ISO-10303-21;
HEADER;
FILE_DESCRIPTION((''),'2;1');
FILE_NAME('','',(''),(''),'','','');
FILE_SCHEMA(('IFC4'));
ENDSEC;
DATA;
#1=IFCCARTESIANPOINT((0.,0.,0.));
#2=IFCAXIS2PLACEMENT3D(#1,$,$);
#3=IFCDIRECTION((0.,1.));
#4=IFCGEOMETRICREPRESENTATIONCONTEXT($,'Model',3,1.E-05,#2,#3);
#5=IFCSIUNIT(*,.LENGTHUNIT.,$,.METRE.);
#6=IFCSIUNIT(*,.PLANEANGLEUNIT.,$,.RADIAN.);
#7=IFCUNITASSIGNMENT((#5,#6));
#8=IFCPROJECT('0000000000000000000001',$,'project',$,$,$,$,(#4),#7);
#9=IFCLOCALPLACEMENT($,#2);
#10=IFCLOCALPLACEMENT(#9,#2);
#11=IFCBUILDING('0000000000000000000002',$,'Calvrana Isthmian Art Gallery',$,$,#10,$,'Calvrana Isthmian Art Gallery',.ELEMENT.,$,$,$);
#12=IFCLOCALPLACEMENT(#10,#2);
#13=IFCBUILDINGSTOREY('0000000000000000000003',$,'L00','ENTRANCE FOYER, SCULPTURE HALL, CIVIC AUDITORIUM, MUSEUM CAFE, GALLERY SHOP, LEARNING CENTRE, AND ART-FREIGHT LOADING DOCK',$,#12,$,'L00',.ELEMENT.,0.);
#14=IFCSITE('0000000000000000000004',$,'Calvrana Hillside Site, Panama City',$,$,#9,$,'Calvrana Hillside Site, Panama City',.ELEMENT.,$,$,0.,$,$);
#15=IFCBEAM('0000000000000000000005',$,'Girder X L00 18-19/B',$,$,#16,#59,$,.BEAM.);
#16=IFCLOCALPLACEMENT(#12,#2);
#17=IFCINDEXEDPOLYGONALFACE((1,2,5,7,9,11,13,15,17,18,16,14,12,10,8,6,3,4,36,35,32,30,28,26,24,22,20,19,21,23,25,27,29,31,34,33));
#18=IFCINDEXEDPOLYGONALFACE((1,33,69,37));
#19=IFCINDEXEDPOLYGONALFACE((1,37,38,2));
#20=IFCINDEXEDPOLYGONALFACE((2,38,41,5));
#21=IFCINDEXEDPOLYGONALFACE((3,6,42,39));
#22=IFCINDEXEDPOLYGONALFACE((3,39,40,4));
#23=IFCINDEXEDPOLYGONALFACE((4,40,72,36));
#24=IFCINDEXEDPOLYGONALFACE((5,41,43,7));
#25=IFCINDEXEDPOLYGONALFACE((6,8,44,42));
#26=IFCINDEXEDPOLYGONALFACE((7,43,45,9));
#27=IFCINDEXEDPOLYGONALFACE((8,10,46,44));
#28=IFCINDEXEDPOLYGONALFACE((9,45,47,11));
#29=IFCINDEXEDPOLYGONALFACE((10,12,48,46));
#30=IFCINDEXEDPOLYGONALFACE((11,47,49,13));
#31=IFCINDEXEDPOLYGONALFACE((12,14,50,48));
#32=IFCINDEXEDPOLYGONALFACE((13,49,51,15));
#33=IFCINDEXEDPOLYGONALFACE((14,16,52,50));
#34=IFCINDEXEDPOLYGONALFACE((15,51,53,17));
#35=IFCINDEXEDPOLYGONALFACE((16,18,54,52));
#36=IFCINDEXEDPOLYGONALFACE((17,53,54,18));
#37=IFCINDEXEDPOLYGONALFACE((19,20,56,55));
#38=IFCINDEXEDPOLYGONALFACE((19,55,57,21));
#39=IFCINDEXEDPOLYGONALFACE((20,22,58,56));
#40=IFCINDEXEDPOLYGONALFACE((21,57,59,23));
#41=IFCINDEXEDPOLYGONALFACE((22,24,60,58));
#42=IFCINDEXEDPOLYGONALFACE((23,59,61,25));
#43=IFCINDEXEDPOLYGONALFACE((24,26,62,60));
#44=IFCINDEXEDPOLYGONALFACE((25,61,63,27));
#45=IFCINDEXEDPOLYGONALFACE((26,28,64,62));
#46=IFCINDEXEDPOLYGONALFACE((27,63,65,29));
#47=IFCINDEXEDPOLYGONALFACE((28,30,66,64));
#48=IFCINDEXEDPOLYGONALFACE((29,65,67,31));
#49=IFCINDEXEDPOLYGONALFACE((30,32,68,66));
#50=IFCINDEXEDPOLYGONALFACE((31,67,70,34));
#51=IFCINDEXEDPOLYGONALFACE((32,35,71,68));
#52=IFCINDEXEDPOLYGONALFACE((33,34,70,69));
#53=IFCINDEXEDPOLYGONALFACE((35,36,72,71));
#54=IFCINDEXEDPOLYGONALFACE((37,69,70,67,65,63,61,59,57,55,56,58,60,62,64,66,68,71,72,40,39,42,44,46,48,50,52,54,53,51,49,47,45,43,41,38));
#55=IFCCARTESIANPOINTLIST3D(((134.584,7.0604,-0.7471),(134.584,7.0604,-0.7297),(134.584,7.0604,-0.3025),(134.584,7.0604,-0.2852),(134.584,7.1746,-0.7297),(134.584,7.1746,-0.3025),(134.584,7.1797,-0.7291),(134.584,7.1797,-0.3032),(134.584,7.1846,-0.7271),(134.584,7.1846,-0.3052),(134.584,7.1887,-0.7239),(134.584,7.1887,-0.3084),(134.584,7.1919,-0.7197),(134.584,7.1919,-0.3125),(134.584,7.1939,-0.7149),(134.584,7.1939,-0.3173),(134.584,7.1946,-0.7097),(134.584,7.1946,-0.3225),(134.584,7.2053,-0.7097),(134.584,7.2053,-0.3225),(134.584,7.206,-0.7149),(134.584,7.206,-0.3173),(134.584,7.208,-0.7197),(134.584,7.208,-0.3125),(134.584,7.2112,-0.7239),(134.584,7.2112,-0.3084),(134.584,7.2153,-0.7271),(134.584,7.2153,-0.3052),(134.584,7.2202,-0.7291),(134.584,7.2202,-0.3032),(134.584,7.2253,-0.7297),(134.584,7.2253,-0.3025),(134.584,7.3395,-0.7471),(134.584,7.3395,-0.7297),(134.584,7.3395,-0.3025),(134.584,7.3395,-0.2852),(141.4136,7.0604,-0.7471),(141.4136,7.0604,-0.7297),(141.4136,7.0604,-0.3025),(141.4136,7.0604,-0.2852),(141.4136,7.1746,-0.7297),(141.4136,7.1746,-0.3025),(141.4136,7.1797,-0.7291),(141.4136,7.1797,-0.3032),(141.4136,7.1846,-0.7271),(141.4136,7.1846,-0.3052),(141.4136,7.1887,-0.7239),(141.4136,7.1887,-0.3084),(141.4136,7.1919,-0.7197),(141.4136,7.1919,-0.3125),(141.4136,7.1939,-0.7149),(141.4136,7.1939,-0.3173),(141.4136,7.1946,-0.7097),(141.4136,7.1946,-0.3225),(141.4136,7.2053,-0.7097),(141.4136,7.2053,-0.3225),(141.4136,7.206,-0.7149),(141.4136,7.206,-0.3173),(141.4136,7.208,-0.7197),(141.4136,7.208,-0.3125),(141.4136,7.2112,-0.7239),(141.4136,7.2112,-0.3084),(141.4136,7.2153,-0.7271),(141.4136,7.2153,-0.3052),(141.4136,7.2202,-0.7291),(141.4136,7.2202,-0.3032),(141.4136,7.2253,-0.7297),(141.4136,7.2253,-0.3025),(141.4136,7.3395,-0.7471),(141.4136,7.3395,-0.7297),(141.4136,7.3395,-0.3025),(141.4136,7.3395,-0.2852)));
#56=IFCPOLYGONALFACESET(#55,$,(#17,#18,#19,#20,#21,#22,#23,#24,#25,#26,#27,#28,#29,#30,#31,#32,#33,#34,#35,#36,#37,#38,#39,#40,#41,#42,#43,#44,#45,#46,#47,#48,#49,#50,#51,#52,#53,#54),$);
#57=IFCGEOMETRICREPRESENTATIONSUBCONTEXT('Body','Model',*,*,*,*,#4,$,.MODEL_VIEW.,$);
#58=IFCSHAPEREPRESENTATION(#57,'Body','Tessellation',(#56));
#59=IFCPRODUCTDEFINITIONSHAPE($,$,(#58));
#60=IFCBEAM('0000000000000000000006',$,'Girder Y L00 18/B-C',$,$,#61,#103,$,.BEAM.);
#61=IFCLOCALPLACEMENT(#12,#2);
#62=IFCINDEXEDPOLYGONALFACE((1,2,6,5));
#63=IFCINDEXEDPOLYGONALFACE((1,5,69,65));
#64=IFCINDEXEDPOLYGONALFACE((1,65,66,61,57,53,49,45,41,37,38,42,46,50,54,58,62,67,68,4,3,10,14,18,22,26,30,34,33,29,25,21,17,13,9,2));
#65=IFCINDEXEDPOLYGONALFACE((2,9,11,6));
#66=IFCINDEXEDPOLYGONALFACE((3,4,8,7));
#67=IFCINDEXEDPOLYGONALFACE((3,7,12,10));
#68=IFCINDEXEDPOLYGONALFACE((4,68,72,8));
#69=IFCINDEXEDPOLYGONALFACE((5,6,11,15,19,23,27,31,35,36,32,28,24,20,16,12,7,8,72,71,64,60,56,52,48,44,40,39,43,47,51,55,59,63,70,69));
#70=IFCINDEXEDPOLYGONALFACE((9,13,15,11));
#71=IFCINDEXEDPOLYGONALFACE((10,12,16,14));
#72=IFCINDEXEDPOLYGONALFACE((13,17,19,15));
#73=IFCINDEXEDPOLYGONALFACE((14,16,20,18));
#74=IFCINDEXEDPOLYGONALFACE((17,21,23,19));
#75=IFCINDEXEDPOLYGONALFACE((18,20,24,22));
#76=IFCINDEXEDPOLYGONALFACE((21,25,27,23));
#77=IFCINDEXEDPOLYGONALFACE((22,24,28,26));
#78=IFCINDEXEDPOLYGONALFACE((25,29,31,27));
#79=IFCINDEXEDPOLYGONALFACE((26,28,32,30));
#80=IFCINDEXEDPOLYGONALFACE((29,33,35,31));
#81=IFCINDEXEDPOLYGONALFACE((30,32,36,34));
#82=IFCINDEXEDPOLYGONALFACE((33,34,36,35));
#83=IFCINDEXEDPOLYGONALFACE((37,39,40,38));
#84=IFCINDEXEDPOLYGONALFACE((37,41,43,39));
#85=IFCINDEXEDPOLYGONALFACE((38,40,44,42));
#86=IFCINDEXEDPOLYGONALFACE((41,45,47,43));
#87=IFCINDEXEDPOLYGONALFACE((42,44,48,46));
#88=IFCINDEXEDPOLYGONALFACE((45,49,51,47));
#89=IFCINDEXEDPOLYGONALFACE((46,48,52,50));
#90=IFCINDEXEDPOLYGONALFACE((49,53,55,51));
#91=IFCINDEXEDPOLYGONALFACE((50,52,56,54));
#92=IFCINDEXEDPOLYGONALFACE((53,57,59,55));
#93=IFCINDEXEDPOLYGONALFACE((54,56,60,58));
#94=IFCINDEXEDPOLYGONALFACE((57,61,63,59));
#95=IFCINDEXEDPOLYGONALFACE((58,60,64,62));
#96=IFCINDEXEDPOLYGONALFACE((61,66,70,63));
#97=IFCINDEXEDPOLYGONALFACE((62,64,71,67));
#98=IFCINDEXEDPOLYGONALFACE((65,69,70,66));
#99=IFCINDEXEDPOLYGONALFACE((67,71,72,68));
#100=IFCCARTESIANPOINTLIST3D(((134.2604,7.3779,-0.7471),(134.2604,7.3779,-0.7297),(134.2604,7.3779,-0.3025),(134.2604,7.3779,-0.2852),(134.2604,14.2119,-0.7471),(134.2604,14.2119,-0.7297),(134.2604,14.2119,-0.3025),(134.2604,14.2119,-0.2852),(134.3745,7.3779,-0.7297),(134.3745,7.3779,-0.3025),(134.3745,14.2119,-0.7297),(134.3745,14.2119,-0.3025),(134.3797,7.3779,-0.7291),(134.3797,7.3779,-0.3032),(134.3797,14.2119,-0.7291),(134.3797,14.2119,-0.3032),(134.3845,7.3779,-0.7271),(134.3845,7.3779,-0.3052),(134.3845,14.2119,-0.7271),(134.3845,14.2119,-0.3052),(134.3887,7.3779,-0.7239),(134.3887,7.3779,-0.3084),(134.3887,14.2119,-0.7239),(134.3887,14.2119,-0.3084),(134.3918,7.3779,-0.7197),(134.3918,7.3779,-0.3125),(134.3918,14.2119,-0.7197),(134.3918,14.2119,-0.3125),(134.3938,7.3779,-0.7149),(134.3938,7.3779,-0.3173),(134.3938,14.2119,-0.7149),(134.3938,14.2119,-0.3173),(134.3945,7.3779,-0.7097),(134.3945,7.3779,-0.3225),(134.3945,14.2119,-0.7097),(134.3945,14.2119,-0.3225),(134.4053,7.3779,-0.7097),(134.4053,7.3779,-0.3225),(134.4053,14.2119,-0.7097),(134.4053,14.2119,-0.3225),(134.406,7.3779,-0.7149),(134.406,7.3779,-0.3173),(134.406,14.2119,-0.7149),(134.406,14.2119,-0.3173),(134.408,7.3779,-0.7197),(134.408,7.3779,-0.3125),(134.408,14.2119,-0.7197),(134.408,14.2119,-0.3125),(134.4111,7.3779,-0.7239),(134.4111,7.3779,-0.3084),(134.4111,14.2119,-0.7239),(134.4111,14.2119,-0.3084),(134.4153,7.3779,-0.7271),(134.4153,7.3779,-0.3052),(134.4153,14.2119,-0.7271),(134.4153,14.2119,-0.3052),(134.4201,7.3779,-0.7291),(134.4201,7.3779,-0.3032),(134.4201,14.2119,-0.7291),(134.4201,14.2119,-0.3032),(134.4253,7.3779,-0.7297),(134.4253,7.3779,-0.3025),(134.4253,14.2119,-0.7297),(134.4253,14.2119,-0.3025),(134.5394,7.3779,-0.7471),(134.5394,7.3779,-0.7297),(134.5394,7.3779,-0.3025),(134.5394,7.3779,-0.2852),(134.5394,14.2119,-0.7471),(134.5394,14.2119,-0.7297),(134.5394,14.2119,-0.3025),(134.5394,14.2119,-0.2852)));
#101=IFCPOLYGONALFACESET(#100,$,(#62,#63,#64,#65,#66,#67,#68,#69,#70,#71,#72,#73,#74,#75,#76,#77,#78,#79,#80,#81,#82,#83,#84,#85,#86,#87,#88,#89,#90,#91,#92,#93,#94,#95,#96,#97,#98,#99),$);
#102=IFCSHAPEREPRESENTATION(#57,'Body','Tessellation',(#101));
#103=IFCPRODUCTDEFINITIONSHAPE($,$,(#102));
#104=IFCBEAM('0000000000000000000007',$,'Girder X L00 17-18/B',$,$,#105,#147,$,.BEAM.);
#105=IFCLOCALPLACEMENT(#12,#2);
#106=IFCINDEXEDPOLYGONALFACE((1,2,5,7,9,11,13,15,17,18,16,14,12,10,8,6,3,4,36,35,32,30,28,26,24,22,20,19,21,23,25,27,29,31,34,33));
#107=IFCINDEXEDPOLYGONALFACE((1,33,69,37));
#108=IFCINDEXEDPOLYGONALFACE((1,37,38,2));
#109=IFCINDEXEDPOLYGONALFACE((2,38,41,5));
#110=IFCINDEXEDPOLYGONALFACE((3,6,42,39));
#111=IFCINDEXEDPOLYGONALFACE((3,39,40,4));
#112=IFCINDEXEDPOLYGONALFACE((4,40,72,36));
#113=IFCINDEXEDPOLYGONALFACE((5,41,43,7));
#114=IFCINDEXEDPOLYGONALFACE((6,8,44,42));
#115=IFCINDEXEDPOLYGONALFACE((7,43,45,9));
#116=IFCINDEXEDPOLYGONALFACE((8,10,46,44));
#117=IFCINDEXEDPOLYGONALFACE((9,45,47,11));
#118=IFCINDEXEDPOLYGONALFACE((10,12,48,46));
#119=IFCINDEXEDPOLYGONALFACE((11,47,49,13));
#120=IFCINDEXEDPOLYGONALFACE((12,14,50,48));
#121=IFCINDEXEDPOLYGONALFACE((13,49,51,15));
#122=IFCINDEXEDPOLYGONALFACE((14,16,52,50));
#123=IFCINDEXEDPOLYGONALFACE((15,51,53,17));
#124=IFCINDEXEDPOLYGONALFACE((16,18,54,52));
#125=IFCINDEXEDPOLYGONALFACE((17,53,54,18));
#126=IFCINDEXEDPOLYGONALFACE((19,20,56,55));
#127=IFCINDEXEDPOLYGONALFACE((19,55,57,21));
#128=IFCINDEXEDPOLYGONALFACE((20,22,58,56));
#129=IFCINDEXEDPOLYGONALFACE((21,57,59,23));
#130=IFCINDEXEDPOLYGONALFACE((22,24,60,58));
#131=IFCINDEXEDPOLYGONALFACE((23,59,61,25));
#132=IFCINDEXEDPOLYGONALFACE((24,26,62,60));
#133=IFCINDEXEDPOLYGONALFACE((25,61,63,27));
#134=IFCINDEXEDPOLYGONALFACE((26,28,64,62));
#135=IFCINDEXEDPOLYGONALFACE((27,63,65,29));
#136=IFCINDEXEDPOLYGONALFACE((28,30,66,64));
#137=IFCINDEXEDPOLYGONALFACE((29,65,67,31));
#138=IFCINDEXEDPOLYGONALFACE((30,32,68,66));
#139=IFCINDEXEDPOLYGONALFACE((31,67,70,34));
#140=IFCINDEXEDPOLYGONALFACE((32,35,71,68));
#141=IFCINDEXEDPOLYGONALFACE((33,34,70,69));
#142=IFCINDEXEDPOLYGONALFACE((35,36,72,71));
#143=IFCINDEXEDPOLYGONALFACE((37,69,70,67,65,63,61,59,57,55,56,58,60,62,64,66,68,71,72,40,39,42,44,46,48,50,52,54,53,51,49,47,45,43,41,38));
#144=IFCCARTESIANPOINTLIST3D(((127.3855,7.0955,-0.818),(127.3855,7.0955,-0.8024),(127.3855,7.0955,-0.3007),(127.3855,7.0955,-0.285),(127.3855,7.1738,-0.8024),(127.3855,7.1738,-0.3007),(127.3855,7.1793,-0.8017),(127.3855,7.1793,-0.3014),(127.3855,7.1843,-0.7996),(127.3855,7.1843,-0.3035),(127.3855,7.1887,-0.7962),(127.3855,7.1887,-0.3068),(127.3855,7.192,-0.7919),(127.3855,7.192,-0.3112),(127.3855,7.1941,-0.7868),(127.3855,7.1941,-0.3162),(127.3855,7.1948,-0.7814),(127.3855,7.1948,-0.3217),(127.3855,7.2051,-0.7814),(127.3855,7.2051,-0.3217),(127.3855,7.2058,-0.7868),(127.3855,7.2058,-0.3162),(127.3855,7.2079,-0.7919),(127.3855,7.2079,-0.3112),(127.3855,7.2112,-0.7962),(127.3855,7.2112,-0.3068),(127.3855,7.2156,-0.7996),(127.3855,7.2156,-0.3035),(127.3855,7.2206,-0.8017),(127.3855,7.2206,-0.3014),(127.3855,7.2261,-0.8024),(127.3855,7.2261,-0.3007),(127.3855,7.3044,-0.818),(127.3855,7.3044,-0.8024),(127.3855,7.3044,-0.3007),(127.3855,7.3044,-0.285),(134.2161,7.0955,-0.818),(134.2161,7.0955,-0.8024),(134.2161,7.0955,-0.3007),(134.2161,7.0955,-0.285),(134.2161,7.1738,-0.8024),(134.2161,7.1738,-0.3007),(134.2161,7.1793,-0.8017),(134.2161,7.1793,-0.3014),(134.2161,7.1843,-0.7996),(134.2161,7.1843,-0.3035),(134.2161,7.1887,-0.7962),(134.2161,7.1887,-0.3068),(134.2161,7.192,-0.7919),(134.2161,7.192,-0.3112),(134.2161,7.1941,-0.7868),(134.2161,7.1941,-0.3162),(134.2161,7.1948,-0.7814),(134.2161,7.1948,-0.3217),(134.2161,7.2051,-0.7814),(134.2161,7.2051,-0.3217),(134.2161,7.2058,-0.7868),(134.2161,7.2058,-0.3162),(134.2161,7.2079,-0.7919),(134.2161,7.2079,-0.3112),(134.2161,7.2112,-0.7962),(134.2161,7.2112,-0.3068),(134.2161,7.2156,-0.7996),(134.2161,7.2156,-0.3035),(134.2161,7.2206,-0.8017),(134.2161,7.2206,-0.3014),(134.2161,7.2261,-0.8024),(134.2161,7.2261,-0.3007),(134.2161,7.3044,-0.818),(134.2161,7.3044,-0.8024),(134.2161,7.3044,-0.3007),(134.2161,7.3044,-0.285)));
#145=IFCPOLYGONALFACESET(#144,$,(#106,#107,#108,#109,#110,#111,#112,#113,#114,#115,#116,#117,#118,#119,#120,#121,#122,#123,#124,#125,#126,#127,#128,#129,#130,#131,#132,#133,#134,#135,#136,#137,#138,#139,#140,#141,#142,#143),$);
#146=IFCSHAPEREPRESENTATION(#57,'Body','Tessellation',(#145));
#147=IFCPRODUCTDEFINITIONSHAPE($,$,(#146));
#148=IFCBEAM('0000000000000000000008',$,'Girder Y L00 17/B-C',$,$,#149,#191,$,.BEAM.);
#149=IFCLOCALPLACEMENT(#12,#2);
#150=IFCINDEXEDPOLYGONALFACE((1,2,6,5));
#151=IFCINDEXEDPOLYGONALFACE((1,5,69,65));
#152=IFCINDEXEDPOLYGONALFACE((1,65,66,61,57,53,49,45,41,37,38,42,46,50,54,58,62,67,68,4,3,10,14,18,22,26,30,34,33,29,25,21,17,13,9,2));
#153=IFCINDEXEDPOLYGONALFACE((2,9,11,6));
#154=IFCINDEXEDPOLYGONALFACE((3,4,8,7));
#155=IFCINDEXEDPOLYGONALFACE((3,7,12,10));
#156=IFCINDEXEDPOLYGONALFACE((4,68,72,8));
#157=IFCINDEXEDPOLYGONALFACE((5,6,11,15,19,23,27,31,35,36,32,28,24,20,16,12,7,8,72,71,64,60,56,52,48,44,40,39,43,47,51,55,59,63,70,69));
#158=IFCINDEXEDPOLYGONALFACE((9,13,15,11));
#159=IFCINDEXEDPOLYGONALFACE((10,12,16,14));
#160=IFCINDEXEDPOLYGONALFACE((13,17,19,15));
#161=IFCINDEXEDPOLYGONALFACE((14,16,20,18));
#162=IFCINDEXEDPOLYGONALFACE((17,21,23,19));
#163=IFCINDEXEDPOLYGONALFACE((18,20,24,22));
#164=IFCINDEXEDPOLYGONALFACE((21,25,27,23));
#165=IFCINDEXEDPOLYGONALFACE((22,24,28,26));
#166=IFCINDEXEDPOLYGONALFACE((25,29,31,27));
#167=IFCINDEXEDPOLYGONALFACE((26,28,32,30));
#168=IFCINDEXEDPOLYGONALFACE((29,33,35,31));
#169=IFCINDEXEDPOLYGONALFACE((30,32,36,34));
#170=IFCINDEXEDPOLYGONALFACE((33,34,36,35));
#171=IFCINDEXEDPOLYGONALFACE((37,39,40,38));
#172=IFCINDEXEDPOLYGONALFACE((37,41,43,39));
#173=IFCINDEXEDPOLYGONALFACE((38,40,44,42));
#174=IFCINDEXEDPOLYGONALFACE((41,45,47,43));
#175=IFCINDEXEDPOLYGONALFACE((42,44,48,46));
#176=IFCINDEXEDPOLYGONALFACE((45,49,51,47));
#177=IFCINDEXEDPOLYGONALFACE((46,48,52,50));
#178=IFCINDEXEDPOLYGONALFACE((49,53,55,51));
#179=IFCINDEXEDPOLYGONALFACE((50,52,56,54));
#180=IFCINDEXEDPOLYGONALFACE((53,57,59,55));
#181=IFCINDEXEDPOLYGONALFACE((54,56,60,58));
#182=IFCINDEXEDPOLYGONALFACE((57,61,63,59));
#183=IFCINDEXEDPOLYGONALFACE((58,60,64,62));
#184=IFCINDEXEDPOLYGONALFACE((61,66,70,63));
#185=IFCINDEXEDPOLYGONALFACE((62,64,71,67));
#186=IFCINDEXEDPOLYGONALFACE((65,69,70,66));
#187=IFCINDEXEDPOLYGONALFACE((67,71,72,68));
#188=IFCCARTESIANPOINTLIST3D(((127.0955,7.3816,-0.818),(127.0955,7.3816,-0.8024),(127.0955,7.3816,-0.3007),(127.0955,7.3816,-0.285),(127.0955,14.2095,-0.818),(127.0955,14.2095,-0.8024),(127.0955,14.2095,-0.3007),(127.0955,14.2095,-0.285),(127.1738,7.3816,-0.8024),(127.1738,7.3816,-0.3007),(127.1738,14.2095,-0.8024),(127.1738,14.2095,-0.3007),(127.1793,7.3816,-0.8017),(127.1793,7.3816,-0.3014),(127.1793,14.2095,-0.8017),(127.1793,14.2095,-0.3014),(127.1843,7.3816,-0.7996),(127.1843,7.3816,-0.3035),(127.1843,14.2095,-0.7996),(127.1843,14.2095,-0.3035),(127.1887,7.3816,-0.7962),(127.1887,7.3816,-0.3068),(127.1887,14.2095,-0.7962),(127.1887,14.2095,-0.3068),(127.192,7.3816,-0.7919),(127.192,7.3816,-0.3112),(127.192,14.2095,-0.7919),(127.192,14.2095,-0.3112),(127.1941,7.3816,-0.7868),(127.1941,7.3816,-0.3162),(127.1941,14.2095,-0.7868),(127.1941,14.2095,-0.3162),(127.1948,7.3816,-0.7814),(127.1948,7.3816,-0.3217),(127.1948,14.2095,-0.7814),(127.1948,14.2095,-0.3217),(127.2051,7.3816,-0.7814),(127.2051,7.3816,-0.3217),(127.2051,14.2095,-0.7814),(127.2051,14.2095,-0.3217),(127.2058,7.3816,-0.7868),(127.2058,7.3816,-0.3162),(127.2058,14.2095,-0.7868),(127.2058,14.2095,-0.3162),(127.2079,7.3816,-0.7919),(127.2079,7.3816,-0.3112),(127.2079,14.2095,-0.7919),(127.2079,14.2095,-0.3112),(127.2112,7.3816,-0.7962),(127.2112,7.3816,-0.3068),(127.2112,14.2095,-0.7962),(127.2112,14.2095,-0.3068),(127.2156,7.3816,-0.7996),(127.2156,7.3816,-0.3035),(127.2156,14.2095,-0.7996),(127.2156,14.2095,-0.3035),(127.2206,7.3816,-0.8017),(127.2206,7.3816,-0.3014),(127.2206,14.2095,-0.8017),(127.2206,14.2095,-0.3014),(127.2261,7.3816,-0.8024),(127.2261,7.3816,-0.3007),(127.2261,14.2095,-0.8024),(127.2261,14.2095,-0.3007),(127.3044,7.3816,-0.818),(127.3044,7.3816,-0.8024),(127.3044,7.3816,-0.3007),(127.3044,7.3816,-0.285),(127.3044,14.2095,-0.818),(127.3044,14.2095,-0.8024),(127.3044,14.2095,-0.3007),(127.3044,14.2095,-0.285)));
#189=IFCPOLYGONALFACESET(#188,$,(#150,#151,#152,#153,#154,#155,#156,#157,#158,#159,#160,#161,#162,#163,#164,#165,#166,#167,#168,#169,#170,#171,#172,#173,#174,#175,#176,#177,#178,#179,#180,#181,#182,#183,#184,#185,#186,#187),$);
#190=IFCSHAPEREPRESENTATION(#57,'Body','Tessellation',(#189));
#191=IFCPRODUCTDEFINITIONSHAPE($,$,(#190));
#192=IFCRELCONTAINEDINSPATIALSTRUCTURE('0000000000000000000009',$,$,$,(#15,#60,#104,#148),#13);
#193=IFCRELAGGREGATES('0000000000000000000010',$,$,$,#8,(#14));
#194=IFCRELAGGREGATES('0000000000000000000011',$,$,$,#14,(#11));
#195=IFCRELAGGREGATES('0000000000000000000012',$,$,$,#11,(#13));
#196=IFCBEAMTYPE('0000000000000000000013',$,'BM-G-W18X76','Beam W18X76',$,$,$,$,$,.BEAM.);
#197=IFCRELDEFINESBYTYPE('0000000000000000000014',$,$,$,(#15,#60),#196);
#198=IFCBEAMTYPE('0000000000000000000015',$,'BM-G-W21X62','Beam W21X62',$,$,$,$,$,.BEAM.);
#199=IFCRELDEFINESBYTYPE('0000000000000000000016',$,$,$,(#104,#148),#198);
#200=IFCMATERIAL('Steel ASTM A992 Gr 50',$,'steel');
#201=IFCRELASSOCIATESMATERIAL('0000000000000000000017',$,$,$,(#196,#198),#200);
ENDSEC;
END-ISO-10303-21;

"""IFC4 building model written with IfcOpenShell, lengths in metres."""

from ifc_helpers import new_model, si_unit, direction, frame, origin, origin_2d, place, context, subcontext, project, spatial, i_section, extrude, material, material_profile, profile_set, type_object, element, save


model = new_model("IFC4")

# Units and contexts
model_context = context("Model", 3, precision=1e-05, world=origin(), true_north=direction((0.0, 1.0)))
body_context = subcontext(model_context, "Body", "Model", "MODEL_VIEW")
ifc_project = project(units=[si_unit("LENGTHUNIT", "METRE"), si_unit("PLANEANGLEUNIT", "RADIAN")], contexts=[model_context])

# Site, building, storey
site_placement = place(None, origin())
site = spatial("IfcSite", under=ifc_project, at=site_placement, Name="Calvrana Hillside Site, Panama City", LongName="Calvrana Hillside Site, Panama City", CompositionType="ELEMENT", RefElevation=0.0)
building_placement = place(site_placement, origin())
building = spatial("IfcBuilding", under=site, at=building_placement, Name="Calvrana Isthmian Art Gallery", LongName="Calvrana Isthmian Art Gallery", CompositionType="ELEMENT")
storey_placement = place(building_placement, origin())
storey = spatial("IfcBuildingStorey", under=building, at=storey_placement, Name="L00", Description="ENTRANCE FOYER, SCULPTURE HALL, CIVIC AUDITORIUM, MUSEUM CAFE, GALLERY SHOP, LEARNING CENTRE, AND ART-FREIGHT LOADING DOCK", LongName="L00", CompositionType="ELEMENT", Elevation=0.0)

# Shared definitions
ifc_material_1 = material(Name="Steel ASTM A992 Gr 50", Category="steel")

# Beams
ifc_material_profile_1 = material_profile(ifc_material_1, i_section(OverallWidth=0.2791, OverallDepth=0.4619, WebThickness=0.0107, FlangeThickness=0.0173, FilletRadius=0.02, at=origin_2d()), Name="W18X76")
ifc_profile_set_1 = profile_set([ifc_material_profile_1], Name="Steel ASTM A992 Gr 50")
beam_type_1 = type_object("IfcBeamType", Name="BM-G-W18X76", Description="Beam W18X76", PredefinedType="BEAM", material=ifc_profile_set_1)
beam_1_placement = place(storey_placement, frame((134.584, 7.2, -0.5161), z_axis=(1.0, 0.0, 0.0), x_axis=(0.0, 1.0, 0.0)))
element("IfcBeam", 1, at=beam_1_placement, inside=storey, type_object=beam_type_1, Name="Girder X L00 18-19/B", PredefinedType="BEAM", context=body_context, shape_type="SweptSolid", body=[
    extrude(i_section(OverallWidth=0.2791, OverallDepth=0.4619, WebThickness=0.0107, FlangeThickness=0.0173, FilletRadius=0.02, at=origin_2d()), origin(), (0.0, 0.0, 1.0), 6.8296),
])
beam_2_placement = place(storey_placement, frame((134.3999, 7.3779, -0.5161), z_axis=(0.0, 1.0, 0.0), x_axis=(-1.0, 0.0, 0.0)))
element("IfcBeam", 2, at=beam_2_placement, inside=storey, type_object=beam_type_1, Name="Girder Y L00 18/B-C", PredefinedType="BEAM", context=body_context, shape_type="SweptSolid", body=[
    extrude(i_section(OverallWidth=0.2791, OverallDepth=0.4619, WebThickness=0.0107, FlangeThickness=0.0173, FilletRadius=0.02, at=origin_2d()), origin(), (0.0, 0.0, 1.0), 6.834),
])
ifc_material_profile_2 = material_profile(ifc_material_1, i_section(OverallWidth=0.209, OverallDepth=0.533, WebThickness=0.0103, FlangeThickness=0.0156, FilletRadius=0.021, at=origin_2d()), Name="W21X62")
ifc_profile_set_2 = profile_set([ifc_material_profile_2], Name="Steel ASTM A992 Gr 50")
beam_type_2 = type_object("IfcBeamType", Name="BM-G-W21X62", Description="Beam W21X62", PredefinedType="BEAM", material=ifc_profile_set_2)
beam_3_placement = place(storey_placement, frame((127.3855, 7.2, -0.5515), z_axis=(1.0, 0.0, 0.0), x_axis=(0.0, 1.0, 0.0)))
element("IfcBeam", 3, at=beam_3_placement, inside=storey, type_object=beam_type_2, Name="Girder X L00 17-18/B", PredefinedType="BEAM", context=body_context, shape_type="SweptSolid", body=[
    extrude(i_section(OverallWidth=0.209, OverallDepth=0.533, WebThickness=0.0103, FlangeThickness=0.0156, FilletRadius=0.021, at=origin_2d()), origin(), (0.0, 0.0, 1.0), 6.8306),
])
beam_4_placement = place(storey_placement, frame((127.2, 7.3816, -0.5515), z_axis=(0.0, 1.0, 0.0), x_axis=(-1.0, 0.0, 0.0)))
element("IfcBeam", 4, at=beam_4_placement, inside=storey, type_object=beam_type_2, Name="Girder Y L00 17/B-C", PredefinedType="BEAM", context=body_context, shape_type="SweptSolid", body=[
    extrude(i_section(OverallWidth=0.209, OverallDepth=0.533, WebThickness=0.0103, FlangeThickness=0.0156, FilletRadius=0.021, at=origin_2d()), origin(), (0.0, 0.0, 1.0), 6.8279),
])

save(model, "model.ifc")
